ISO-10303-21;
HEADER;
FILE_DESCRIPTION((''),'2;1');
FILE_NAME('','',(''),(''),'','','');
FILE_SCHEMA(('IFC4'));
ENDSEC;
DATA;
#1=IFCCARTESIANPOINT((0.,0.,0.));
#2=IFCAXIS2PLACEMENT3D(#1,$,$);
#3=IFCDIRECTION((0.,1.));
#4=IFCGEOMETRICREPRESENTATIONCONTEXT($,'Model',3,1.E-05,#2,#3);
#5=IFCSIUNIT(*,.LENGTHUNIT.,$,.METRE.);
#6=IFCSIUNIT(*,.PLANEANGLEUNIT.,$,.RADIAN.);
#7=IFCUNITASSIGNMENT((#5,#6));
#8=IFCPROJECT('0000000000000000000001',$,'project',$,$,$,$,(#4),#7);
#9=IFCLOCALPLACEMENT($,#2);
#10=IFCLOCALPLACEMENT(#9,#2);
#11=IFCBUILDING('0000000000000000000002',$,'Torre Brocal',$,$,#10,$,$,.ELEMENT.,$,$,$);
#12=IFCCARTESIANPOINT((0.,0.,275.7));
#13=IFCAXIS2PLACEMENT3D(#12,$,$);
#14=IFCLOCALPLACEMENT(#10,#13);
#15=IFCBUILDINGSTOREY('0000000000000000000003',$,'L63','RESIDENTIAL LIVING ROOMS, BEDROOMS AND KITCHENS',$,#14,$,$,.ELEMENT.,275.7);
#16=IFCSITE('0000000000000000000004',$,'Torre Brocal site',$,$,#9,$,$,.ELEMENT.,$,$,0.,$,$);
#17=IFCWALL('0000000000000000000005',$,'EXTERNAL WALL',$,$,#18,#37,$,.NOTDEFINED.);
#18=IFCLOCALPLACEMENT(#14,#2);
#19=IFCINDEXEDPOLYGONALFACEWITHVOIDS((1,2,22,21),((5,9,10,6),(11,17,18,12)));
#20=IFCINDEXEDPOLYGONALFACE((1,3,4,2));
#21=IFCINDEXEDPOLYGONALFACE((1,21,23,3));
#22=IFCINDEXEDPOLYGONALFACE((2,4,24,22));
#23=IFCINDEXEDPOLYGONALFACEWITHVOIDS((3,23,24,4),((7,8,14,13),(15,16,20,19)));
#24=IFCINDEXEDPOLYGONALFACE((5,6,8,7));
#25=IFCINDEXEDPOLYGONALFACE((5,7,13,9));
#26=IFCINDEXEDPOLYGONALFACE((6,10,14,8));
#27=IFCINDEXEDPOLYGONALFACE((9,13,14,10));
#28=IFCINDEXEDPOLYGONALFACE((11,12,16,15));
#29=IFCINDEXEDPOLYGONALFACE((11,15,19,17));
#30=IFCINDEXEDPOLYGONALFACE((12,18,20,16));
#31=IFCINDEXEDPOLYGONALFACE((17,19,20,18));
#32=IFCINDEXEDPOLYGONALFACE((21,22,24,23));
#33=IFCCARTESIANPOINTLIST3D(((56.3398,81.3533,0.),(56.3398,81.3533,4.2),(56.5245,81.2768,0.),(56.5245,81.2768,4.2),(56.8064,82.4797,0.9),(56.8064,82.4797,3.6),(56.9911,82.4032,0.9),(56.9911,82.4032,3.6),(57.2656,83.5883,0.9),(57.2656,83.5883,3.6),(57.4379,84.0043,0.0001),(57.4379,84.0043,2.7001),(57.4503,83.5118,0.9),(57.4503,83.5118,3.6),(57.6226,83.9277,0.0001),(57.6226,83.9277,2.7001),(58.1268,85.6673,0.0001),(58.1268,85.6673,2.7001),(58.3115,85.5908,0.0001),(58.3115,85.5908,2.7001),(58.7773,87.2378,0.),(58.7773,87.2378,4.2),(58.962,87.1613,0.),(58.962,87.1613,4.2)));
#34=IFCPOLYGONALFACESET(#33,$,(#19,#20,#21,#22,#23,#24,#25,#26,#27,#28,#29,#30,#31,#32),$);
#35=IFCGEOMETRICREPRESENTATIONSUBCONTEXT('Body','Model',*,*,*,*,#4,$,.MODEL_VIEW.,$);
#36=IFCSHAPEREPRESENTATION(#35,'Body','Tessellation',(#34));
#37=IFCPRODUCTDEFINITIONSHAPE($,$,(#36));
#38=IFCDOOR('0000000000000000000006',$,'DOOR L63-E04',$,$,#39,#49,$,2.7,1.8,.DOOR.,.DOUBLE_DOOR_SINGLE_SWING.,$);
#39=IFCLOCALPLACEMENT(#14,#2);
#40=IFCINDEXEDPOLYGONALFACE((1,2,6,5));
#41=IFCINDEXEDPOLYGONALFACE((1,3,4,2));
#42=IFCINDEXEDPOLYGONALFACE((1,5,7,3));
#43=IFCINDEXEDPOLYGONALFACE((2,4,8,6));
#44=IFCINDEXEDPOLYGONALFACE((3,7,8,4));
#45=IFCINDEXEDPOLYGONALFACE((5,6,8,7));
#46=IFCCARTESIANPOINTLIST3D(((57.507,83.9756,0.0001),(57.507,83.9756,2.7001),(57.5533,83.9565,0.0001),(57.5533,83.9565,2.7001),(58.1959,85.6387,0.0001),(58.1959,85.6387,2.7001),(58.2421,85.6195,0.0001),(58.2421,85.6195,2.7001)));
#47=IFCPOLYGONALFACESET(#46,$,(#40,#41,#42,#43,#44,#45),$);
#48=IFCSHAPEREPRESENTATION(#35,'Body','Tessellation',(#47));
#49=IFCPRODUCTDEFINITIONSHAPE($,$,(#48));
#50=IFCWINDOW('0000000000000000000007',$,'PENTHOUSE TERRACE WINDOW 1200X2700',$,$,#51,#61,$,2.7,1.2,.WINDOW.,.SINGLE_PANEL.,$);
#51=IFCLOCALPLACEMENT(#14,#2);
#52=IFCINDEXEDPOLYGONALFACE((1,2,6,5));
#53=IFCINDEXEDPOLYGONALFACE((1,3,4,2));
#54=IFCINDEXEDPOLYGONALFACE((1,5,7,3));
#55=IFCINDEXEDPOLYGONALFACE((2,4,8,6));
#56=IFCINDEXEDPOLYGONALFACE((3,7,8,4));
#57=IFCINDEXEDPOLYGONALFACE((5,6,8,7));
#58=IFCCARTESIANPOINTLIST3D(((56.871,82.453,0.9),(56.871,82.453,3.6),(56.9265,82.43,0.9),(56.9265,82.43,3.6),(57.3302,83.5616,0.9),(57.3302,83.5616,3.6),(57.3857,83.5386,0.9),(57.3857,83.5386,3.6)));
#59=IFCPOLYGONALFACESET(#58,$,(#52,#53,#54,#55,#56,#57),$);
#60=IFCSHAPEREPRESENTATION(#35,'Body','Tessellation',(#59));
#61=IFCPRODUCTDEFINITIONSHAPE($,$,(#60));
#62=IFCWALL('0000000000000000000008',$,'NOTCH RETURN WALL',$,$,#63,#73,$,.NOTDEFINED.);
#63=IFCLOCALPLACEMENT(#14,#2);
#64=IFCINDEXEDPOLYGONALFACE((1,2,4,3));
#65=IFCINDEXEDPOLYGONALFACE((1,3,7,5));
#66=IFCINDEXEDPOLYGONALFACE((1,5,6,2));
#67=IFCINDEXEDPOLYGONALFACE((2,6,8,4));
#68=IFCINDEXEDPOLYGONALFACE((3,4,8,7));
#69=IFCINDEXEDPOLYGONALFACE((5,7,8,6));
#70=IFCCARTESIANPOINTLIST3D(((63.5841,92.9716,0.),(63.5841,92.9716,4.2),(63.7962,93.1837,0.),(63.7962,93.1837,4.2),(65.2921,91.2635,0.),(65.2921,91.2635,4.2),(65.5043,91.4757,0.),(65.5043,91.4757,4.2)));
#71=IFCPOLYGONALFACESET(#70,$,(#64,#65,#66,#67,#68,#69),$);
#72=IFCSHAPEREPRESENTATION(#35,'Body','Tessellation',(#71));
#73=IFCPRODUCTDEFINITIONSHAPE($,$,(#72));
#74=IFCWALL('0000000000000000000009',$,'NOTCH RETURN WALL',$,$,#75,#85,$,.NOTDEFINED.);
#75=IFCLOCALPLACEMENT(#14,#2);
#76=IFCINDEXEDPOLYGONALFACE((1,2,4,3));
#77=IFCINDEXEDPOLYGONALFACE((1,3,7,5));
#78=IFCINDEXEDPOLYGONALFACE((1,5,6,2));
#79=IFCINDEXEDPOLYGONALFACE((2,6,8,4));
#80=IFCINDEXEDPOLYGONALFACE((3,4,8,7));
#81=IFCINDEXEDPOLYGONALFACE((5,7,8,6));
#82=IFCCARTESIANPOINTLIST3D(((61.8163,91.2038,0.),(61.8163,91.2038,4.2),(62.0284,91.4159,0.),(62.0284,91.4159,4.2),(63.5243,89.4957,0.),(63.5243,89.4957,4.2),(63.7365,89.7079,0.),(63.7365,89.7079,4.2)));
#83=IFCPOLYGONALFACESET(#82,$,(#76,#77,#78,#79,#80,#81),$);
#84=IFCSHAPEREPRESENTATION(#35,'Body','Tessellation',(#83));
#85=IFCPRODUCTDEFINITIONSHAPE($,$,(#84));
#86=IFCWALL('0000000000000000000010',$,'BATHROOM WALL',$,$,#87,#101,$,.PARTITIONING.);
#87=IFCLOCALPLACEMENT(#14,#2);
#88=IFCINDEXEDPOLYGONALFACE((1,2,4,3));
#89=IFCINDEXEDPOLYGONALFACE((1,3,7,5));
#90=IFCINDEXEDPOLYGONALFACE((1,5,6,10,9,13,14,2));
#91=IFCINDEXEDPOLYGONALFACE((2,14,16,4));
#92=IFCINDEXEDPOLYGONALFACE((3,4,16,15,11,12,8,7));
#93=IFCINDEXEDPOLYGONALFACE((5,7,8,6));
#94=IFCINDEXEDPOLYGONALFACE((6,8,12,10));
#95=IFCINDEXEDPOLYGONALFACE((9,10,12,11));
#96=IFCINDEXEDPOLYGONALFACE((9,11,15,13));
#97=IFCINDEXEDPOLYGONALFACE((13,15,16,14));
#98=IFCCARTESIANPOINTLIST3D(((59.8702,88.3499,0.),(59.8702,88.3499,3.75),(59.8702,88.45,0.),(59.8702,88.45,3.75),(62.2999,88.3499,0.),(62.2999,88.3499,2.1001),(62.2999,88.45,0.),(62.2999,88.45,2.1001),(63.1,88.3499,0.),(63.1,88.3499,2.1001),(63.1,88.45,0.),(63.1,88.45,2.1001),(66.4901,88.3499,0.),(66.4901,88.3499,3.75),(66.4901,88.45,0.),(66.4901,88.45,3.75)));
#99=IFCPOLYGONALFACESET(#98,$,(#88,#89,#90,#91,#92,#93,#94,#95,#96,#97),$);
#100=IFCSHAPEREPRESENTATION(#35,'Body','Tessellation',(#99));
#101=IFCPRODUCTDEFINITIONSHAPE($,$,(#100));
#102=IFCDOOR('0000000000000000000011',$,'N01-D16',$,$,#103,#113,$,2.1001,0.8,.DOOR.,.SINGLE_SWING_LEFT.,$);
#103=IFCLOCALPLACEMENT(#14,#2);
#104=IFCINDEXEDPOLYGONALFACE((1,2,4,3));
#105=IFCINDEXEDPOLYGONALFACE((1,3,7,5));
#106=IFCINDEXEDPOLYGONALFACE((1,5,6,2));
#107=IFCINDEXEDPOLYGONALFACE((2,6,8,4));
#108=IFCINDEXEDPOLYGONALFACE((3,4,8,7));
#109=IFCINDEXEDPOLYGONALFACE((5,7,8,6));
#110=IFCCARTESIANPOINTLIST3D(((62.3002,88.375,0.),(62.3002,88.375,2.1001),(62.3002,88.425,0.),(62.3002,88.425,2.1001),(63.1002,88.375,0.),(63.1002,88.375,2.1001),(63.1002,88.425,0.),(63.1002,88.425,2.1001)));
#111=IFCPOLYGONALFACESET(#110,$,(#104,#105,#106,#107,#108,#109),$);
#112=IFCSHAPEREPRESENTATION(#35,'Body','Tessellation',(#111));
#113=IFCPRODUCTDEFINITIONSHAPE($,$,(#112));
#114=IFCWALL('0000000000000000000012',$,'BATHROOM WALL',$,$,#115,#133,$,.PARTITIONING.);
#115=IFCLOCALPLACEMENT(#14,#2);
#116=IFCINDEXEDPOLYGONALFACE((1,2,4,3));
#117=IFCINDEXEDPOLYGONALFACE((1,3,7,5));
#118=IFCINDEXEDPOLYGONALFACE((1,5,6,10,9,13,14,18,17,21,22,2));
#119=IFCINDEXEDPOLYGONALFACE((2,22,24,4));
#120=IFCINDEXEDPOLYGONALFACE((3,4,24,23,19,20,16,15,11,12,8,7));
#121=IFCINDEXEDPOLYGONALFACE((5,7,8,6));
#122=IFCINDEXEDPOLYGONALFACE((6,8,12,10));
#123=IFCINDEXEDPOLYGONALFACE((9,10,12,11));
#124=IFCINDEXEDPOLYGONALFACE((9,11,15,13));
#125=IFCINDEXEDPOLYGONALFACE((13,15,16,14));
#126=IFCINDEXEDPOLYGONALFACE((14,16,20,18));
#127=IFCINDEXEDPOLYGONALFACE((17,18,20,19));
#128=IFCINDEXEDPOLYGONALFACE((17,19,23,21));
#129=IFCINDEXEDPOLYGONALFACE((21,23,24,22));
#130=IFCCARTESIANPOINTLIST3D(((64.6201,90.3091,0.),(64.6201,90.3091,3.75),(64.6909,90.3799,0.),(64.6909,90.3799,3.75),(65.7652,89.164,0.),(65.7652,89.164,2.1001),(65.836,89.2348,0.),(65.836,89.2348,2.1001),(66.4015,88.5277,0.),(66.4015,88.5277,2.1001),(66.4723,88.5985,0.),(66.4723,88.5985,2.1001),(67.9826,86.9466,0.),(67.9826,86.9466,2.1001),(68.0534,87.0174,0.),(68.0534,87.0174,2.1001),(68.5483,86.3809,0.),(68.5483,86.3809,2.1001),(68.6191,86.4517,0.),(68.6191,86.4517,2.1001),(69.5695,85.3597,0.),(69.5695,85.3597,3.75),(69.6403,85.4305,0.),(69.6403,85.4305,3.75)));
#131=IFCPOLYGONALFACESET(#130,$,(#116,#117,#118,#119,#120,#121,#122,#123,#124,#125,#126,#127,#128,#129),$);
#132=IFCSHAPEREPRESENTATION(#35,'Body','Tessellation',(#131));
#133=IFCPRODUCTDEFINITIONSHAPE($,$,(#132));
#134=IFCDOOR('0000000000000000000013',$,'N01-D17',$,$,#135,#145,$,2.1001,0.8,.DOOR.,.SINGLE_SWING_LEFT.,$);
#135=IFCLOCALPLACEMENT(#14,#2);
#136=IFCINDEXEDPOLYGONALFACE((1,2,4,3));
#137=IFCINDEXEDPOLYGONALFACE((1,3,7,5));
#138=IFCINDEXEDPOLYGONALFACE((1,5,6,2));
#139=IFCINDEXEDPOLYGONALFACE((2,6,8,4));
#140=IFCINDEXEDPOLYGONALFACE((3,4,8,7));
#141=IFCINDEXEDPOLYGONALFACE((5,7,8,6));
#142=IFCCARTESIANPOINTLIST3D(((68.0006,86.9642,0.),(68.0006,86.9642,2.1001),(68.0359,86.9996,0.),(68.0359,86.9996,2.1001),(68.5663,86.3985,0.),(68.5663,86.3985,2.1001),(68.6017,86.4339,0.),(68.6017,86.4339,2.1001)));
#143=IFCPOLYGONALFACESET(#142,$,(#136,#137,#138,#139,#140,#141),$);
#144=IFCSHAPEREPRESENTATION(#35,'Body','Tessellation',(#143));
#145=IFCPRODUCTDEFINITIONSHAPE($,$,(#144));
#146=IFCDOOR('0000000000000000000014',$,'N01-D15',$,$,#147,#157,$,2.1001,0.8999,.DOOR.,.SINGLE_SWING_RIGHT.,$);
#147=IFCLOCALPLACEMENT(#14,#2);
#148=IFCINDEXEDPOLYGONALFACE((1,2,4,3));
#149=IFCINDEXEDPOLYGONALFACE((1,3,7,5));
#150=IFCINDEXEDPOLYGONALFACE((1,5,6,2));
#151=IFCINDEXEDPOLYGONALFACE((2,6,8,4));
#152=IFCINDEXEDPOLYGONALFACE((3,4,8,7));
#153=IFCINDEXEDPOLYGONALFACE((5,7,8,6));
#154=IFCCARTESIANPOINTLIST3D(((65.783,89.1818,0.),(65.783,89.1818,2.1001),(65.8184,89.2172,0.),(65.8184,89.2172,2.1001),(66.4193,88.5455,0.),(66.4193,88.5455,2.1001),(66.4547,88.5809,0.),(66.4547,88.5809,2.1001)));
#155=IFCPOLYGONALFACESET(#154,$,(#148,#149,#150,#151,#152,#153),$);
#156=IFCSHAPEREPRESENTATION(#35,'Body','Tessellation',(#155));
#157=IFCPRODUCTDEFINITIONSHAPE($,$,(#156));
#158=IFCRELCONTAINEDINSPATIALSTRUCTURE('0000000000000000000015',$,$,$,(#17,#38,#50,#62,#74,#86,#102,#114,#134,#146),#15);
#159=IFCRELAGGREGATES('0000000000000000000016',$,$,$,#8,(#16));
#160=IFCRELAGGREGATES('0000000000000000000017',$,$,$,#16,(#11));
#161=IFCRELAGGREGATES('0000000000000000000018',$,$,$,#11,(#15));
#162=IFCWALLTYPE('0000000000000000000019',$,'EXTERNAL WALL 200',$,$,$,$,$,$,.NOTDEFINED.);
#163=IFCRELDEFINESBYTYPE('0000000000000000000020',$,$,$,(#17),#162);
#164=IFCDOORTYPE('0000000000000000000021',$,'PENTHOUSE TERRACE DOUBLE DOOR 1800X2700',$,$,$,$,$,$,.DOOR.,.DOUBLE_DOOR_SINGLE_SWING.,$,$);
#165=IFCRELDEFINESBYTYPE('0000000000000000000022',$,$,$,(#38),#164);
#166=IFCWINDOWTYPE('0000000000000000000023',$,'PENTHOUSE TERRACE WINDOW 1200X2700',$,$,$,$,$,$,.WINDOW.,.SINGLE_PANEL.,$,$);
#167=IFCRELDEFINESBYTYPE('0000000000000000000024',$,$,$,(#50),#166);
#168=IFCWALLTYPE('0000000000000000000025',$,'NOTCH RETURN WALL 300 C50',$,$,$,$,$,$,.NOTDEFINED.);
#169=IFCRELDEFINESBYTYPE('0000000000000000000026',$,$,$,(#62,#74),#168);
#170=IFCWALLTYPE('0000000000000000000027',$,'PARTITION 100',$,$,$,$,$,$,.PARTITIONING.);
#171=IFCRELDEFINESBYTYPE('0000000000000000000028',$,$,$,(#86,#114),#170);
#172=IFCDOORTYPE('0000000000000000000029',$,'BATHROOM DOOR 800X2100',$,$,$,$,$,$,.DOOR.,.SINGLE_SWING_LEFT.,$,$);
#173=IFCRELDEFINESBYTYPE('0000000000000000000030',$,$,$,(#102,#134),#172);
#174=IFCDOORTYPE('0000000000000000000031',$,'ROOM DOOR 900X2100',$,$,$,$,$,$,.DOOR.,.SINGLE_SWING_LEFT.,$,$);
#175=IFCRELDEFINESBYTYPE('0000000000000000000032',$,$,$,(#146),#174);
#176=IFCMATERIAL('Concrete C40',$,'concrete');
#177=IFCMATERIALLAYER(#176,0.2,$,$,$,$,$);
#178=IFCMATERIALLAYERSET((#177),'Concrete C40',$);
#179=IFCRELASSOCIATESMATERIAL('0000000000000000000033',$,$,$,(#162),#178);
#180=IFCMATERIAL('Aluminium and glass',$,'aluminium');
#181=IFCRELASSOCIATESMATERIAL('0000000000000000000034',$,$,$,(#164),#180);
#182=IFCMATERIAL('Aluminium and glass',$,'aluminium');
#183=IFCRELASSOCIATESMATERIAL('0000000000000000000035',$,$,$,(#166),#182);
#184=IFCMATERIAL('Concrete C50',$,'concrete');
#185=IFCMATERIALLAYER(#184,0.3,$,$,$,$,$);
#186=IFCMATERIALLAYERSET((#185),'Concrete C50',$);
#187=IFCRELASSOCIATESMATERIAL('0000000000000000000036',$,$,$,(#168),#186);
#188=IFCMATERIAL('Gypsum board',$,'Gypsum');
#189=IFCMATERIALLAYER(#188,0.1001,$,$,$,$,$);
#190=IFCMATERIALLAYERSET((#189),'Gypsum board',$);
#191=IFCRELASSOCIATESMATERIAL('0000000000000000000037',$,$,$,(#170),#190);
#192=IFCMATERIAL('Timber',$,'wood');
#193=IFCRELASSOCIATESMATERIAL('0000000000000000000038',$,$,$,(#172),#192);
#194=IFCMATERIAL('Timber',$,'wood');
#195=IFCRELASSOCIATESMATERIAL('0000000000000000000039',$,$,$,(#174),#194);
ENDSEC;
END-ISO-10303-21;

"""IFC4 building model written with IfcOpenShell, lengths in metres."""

from ifc_helpers import new_model, si_unit, direction, frame, frame_2d, origin, place, context, subcontext, project, spatial, rectangle, extrude, material, layer, layer_set, type_object, element, fill, save


model = new_model("IFC4")

# Units and contexts
model_context = context("Model", 3, precision=1e-05, world=origin(), true_north=direction((0.0, 1.0)))
body_context = subcontext(model_context, "Body", "Model", "MODEL_VIEW")
ifc_project = project(units=[si_unit("LENGTHUNIT", "METRE"), si_unit("PLANEANGLEUNIT", "RADIAN")], contexts=[model_context])

# Site, building, storey
site_placement = place(None, origin())
site = spatial("IfcSite", under=ifc_project, at=site_placement, Name="Torre Brocal site", CompositionType="ELEMENT", RefElevation=0.0)
building_placement = place(site_placement, origin())
building = spatial("IfcBuilding", under=site, at=building_placement, Name="Torre Brocal", CompositionType="ELEMENT")
storey_placement = place(building_placement, frame((0.0, 0.0, 275.7)))
storey = spatial("IfcBuildingStorey", under=building, at=storey_placement, Name="L63", Description="RESIDENTIAL LIVING ROOMS, BEDROOMS AND KITCHENS", CompositionType="ELEMENT", Elevation=275.7)

# Wall, openings, door, window
ifc_material_1 = material(Name="Concrete C40", Category="concrete")
ifc_layer_1 = layer(ifc_material_1, 0.2)
ifc_layer_set_1 = layer_set([ifc_layer_1], Name="Concrete C40")
wall_type_1 = type_object("IfcWallType", Name="EXTERNAL WALL 200", PredefinedType="NOTDEFINED", material=ifc_layer_set_1)
wall_1_placement = place(storey_placement, frame((58.8696, 87.1995, 0.0), z_axis=(0.0, 0.0, 1.0), x_axis=(-0.38269, -0.923877, 0.0)))
wall_1 = element("IfcWall", 1, at=wall_1_placement, inside=storey, type_object=wall_type_1, Name="EXTERNAL WALL", PredefinedType="NOTDEFINED", context=body_context, shape_type="SweptSolid", body=[
    extrude(rectangle(XDim=6.3694, YDim=0.2, at=frame_2d((3.1846, 0.0))), origin(), (0.0, 0.0, 1.0), 4.2),
])
opening_1_placement = place(wall_1_placement, frame((1.7, 0.0, 0.0)))
opening_1 = element("IfcOpeningElement", 2, at=opening_1_placement, cuts=wall_1, PredefinedType="OPENING", context=body_context, shape_type="SweptSolid", body=[
    extrude(rectangle(XDim=1.8, YDim=2.7, at=frame_2d((0.8999, 1.3501))), frame((0.0, 0.1099, 0.0), z_axis=(0.0, -1.0, 0.0), x_axis=(1.0, 0.0, 0.0)), (0.0, 0.0, 1.0), 0.22),
])
opening_2_placement = place(wall_1_placement, frame((3.95, 0.0, 0.8999)))
opening_2 = element("IfcOpeningElement", 3, at=opening_2_placement, cuts=wall_1, PredefinedType="OPENING", context=body_context, shape_type="SweptSolid", body=[
    extrude(rectangle(XDim=1.2, YDim=2.7, at=frame_2d((0.6001, 1.3501))), frame((0.0, 0.1099, 0.0), z_axis=(0.0, -1.0, 0.0), x_axis=(1.0, 0.0, 0.0)), (0.0, 0.0, 1.0), 0.22),
])
ifc_material_2 = material(Name="Aluminium and glass", Category="aluminium")
door_type_1 = type_object("IfcDoorType", Name="PENTHOUSE TERRACE DOUBLE DOOR 1800X2700", OperationType="DOUBLE_DOOR_SINGLE_SWING", PredefinedType="DOOR", material=ifc_material_2)
door_1_placement = place(opening_1_placement, origin())
door_1 = element("IfcDoor", 4, at=door_1_placement, inside=storey, type_object=door_type_1, Name="DOOR L63-E04", OperationType="DOUBLE_DOOR_SINGLE_SWING", OverallHeight=2.7, OverallWidth=1.8, PredefinedType="DOOR", context=body_context, shape_type="SweptSolid", body=[
    extrude(rectangle(XDim=1.8, YDim=2.7, at=frame_2d((0.8999, 1.3501))), frame((0.0, 0.0249, 0.0), z_axis=(0.0, -1.0, 0.0), x_axis=(1.0, 0.0, 0.0)), (0.0, 0.0, 1.0), 0.05),
])
fill(opening_1, door_1)
ifc_material_3 = material(Name="Aluminium and glass", Category="aluminium")
window_type = type_object("IfcWindowType", Name="PENTHOUSE TERRACE WINDOW 1200X2700", PartitioningType="SINGLE_PANEL", PredefinedType="WINDOW", material=ifc_material_3)
window_placement = place(opening_2_placement, origin())
window = element("IfcWindow", 5, at=window_placement, inside=storey, type_object=window_type, Name="PENTHOUSE TERRACE WINDOW 1200X2700", OverallHeight=2.7, OverallWidth=1.2, PartitioningType="SINGLE_PANEL", PredefinedType="WINDOW", context=body_context, shape_type="SweptSolid", body=[
    extrude(rectangle(XDim=1.2, YDim=2.7, at=frame_2d((0.6001, 1.3501))), frame((0.0, 0.03, 0.0), z_axis=(0.0, -1.0, 0.0), x_axis=(1.0, 0.0, 0.0)), (0.0, 0.0, 1.0), 0.0601),
])
fill(opening_2, window)

# Walls
ifc_material_4 = material(Name="Concrete C50", Category="concrete")
ifc_layer_2 = layer(ifc_material_4, 0.3)
ifc_layer_set_2 = layer_set([ifc_layer_2], Name="Concrete C50")
wall_type_2 = type_object("IfcWallType", Name="NOTCH RETURN WALL 300 C50", PredefinedType="NOTDEFINED", material=ifc_layer_set_2)
for number, where, z_axis, x_axis, name in (
    (6, (65.3982, 91.3696, 0.0), (0.0, 0.0, 1.0), (-0.707107, 0.707107, 0.0), "NOTCH RETURN WALL"),
    (7, (63.6304, 89.6018, 0.0), (0.0, 0.0, 1.0), (-0.707107, 0.707107, 0.0), "NOTCH RETURN WALL"),
):
    element("IfcWall", number, at=place(storey_placement, frame(where, z_axis=z_axis, x_axis=x_axis)), inside=storey, type_object=wall_type_2, Name=name, PredefinedType="NOTDEFINED", context=body_context, shape_type="SweptSolid", body=[
        extrude(rectangle(XDim=2.4155, YDim=0.3, at=frame_2d((1.2078, 0.0))), origin(), (0.0, 0.0, 1.0), 4.2),
    ])

# Wall, opening, door
ifc_material_5 = material(Name="Gypsum board", Category="Gypsum")
ifc_layer_3 = layer(ifc_material_5, 0.1001)
ifc_layer_set_3 = layer_set([ifc_layer_3], Name="Gypsum board")
wall_type_3 = type_object("IfcWallType", Name="PARTITION 100", PredefinedType="PARTITIONING", material=ifc_layer_set_3)
wall_2_placement = place(storey_placement, frame((59.8701, 88.3999, 0.0), z_axis=(0.0, 0.0, 1.0), x_axis=(1.0, 0.0, 0.0)))
wall_2 = element("IfcWall", 8, at=wall_2_placement, inside=storey, type_object=wall_type_3, Name="BATHROOM WALL", PredefinedType="PARTITIONING", context=body_context, shape_type="SweptSolid", body=[
    extrude(rectangle(XDim=6.6199, YDim=0.1001, at=frame_2d((3.3101, 0.0))), origin(), (0.0, 0.0, 1.0), 3.75),
])
opening_3_placement = place(wall_2_placement, frame((2.4299, 0.0, 0.0)))
opening_3 = element("IfcOpeningElement", 9, at=opening_3_placement, cuts=wall_2, PredefinedType="OPENING", context=body_context, shape_type="SweptSolid", body=[
    extrude(rectangle(XDim=0.8, YDim=2.1001, at=frame_2d((0.3999, 1.05))), frame((0.0, 0.0601, 0.0), z_axis=(0.0, -1.0, 0.0), x_axis=(1.0, 0.0, 0.0)), (0.0, 0.0, 1.0), 0.1201),
])
ifc_material_6 = material(Name="Timber", Category="wood")
door_type_2 = type_object("IfcDoorType", Name="BATHROOM DOOR 800X2100", OperationType="SINGLE_SWING_LEFT", PredefinedType="DOOR", material=ifc_material_6)
door_2_placement = place(opening_3_placement, frame((0.8, 0.0, 0.0), z_axis=(0.0, 0.0, 1.0), x_axis=(-1.0, 0.0, 0.0)))
door_2 = element("IfcDoor", 10, at=door_2_placement, inside=storey, type_object=door_type_2, Name="N01-D16", OperationType="SINGLE_SWING_LEFT", OverallHeight=2.1001, OverallWidth=0.8, PredefinedType="DOOR", context=body_context, shape_type="SweptSolid", body=[
    extrude(rectangle(XDim=0.8, YDim=2.1001, at=frame_2d((0.3999, 1.05))), frame((0.0, 0.0249, 0.0), z_axis=(0.0, -1.0, 0.0), x_axis=(1.0, 0.0, 0.0)), (0.0, 0.0, 1.0), 0.05),
])
fill(opening_3, door_2)

# Wall, openings, doors
wall_3_placement = place(storey_placement, frame((64.6555, 90.3445, 0.0), z_axis=(0.0, 0.0, 1.0), x_axis=(0.707107, -0.707107, 0.0)))
wall_3 = element("IfcWall", 11, at=wall_3_placement, inside=storey, type_object=wall_type_3, Name="BATHROOM WALL", PredefinedType="PARTITIONING", context=body_context, shape_type="SweptSolid", body=[
    extrude(rectangle(XDim=6.9995, YDim=0.1001, at=frame_2d((3.4998, 0.0))), origin(), (0.0, 0.0, 1.0), 3.75),
])
opening_4_placement = place(wall_3_placement, frame((1.6194, 0.0, 0.0)))
opening_4 = element("IfcOpeningElement", 12, at=opening_4_placement, cuts=wall_3, PredefinedType="OPENING", context=body_context, shape_type="SweptSolid", body=[
    extrude(rectangle(XDim=0.8999, YDim=2.1001, at=frame_2d((0.45, 1.05))), frame((0.0, 0.0601, 0.0), z_axis=(0.0, -1.0, 0.0), x_axis=(1.0, 0.0, 0.0)), (0.0, 0.0, 1.0), 0.1201),
])
opening_5_placement = place(wall_3_placement, frame((4.7554, 0.0, 0.0)))
opening_5 = element("IfcOpeningElement", 13, at=opening_5_placement, cuts=wall_3, PredefinedType="OPENING", context=body_context, shape_type="SweptSolid", body=[
    extrude(rectangle(XDim=0.8, YDim=2.1001, at=frame_2d((0.3999, 1.05))), frame((0.0, 0.0601, 0.0), z_axis=(0.0, -1.0, 0.0), x_axis=(1.0, 0.0, 0.0)), (0.0, 0.0, 1.0), 0.1201),
])
door_3_placement = place(opening_5_placement, frame((0.8, 0.0, 0.0), z_axis=(0.0, 0.0, 1.0), x_axis=(-1.0, 0.0, 0.0)))
door_3 = element("IfcDoor", 14, at=door_3_placement, inside=storey, type_object=door_type_2, Name="N01-D17", OperationType="SINGLE_SWING_LEFT", OverallHeight=2.1001, OverallWidth=0.8, PredefinedType="DOOR", context=body_context, shape_type="SweptSolid", body=[
    extrude(rectangle(XDim=0.8, YDim=2.1001, at=frame_2d((0.3999, 1.05))), frame((0.0, 0.0249, 0.0), z_axis=(0.0, -1.0, 0.0), x_axis=(1.0, 0.0, 0.0)), (0.0, 0.0, 1.0), 0.05),
])
fill(opening_5, door_3)
ifc_material_7 = material(Name="Timber", Category="wood")
door_type_3 = type_object("IfcDoorType", Name="ROOM DOOR 900X2100", OperationType="SINGLE_SWING_LEFT", PredefinedType="DOOR", material=ifc_material_7)
door_4_placement = place(opening_4_placement, frame((0.8999, 0.0, 0.0), z_axis=(0.0, 0.0, 1.0), x_axis=(-1.0, 0.0, 0.0)))
door_4 = element("IfcDoor", 15, at=door_4_placement, inside=storey, type_object=door_type_3, Name="N01-D15", OperationType="SINGLE_SWING_RIGHT", OverallHeight=2.1001, OverallWidth=0.8999, PredefinedType="DOOR", context=body_context, shape_type="SweptSolid", body=[
    extrude(rectangle(XDim=0.8999, YDim=2.1001, at=frame_2d((0.45, 1.05))), frame((0.0, 0.0249, 0.0), z_axis=(0.0, -1.0, 0.0), x_axis=(1.0, 0.0, 0.0)), (0.0, 0.0, 1.0), 0.05),
])
fill(opening_4, door_4)

save(model, "model.ifc")
